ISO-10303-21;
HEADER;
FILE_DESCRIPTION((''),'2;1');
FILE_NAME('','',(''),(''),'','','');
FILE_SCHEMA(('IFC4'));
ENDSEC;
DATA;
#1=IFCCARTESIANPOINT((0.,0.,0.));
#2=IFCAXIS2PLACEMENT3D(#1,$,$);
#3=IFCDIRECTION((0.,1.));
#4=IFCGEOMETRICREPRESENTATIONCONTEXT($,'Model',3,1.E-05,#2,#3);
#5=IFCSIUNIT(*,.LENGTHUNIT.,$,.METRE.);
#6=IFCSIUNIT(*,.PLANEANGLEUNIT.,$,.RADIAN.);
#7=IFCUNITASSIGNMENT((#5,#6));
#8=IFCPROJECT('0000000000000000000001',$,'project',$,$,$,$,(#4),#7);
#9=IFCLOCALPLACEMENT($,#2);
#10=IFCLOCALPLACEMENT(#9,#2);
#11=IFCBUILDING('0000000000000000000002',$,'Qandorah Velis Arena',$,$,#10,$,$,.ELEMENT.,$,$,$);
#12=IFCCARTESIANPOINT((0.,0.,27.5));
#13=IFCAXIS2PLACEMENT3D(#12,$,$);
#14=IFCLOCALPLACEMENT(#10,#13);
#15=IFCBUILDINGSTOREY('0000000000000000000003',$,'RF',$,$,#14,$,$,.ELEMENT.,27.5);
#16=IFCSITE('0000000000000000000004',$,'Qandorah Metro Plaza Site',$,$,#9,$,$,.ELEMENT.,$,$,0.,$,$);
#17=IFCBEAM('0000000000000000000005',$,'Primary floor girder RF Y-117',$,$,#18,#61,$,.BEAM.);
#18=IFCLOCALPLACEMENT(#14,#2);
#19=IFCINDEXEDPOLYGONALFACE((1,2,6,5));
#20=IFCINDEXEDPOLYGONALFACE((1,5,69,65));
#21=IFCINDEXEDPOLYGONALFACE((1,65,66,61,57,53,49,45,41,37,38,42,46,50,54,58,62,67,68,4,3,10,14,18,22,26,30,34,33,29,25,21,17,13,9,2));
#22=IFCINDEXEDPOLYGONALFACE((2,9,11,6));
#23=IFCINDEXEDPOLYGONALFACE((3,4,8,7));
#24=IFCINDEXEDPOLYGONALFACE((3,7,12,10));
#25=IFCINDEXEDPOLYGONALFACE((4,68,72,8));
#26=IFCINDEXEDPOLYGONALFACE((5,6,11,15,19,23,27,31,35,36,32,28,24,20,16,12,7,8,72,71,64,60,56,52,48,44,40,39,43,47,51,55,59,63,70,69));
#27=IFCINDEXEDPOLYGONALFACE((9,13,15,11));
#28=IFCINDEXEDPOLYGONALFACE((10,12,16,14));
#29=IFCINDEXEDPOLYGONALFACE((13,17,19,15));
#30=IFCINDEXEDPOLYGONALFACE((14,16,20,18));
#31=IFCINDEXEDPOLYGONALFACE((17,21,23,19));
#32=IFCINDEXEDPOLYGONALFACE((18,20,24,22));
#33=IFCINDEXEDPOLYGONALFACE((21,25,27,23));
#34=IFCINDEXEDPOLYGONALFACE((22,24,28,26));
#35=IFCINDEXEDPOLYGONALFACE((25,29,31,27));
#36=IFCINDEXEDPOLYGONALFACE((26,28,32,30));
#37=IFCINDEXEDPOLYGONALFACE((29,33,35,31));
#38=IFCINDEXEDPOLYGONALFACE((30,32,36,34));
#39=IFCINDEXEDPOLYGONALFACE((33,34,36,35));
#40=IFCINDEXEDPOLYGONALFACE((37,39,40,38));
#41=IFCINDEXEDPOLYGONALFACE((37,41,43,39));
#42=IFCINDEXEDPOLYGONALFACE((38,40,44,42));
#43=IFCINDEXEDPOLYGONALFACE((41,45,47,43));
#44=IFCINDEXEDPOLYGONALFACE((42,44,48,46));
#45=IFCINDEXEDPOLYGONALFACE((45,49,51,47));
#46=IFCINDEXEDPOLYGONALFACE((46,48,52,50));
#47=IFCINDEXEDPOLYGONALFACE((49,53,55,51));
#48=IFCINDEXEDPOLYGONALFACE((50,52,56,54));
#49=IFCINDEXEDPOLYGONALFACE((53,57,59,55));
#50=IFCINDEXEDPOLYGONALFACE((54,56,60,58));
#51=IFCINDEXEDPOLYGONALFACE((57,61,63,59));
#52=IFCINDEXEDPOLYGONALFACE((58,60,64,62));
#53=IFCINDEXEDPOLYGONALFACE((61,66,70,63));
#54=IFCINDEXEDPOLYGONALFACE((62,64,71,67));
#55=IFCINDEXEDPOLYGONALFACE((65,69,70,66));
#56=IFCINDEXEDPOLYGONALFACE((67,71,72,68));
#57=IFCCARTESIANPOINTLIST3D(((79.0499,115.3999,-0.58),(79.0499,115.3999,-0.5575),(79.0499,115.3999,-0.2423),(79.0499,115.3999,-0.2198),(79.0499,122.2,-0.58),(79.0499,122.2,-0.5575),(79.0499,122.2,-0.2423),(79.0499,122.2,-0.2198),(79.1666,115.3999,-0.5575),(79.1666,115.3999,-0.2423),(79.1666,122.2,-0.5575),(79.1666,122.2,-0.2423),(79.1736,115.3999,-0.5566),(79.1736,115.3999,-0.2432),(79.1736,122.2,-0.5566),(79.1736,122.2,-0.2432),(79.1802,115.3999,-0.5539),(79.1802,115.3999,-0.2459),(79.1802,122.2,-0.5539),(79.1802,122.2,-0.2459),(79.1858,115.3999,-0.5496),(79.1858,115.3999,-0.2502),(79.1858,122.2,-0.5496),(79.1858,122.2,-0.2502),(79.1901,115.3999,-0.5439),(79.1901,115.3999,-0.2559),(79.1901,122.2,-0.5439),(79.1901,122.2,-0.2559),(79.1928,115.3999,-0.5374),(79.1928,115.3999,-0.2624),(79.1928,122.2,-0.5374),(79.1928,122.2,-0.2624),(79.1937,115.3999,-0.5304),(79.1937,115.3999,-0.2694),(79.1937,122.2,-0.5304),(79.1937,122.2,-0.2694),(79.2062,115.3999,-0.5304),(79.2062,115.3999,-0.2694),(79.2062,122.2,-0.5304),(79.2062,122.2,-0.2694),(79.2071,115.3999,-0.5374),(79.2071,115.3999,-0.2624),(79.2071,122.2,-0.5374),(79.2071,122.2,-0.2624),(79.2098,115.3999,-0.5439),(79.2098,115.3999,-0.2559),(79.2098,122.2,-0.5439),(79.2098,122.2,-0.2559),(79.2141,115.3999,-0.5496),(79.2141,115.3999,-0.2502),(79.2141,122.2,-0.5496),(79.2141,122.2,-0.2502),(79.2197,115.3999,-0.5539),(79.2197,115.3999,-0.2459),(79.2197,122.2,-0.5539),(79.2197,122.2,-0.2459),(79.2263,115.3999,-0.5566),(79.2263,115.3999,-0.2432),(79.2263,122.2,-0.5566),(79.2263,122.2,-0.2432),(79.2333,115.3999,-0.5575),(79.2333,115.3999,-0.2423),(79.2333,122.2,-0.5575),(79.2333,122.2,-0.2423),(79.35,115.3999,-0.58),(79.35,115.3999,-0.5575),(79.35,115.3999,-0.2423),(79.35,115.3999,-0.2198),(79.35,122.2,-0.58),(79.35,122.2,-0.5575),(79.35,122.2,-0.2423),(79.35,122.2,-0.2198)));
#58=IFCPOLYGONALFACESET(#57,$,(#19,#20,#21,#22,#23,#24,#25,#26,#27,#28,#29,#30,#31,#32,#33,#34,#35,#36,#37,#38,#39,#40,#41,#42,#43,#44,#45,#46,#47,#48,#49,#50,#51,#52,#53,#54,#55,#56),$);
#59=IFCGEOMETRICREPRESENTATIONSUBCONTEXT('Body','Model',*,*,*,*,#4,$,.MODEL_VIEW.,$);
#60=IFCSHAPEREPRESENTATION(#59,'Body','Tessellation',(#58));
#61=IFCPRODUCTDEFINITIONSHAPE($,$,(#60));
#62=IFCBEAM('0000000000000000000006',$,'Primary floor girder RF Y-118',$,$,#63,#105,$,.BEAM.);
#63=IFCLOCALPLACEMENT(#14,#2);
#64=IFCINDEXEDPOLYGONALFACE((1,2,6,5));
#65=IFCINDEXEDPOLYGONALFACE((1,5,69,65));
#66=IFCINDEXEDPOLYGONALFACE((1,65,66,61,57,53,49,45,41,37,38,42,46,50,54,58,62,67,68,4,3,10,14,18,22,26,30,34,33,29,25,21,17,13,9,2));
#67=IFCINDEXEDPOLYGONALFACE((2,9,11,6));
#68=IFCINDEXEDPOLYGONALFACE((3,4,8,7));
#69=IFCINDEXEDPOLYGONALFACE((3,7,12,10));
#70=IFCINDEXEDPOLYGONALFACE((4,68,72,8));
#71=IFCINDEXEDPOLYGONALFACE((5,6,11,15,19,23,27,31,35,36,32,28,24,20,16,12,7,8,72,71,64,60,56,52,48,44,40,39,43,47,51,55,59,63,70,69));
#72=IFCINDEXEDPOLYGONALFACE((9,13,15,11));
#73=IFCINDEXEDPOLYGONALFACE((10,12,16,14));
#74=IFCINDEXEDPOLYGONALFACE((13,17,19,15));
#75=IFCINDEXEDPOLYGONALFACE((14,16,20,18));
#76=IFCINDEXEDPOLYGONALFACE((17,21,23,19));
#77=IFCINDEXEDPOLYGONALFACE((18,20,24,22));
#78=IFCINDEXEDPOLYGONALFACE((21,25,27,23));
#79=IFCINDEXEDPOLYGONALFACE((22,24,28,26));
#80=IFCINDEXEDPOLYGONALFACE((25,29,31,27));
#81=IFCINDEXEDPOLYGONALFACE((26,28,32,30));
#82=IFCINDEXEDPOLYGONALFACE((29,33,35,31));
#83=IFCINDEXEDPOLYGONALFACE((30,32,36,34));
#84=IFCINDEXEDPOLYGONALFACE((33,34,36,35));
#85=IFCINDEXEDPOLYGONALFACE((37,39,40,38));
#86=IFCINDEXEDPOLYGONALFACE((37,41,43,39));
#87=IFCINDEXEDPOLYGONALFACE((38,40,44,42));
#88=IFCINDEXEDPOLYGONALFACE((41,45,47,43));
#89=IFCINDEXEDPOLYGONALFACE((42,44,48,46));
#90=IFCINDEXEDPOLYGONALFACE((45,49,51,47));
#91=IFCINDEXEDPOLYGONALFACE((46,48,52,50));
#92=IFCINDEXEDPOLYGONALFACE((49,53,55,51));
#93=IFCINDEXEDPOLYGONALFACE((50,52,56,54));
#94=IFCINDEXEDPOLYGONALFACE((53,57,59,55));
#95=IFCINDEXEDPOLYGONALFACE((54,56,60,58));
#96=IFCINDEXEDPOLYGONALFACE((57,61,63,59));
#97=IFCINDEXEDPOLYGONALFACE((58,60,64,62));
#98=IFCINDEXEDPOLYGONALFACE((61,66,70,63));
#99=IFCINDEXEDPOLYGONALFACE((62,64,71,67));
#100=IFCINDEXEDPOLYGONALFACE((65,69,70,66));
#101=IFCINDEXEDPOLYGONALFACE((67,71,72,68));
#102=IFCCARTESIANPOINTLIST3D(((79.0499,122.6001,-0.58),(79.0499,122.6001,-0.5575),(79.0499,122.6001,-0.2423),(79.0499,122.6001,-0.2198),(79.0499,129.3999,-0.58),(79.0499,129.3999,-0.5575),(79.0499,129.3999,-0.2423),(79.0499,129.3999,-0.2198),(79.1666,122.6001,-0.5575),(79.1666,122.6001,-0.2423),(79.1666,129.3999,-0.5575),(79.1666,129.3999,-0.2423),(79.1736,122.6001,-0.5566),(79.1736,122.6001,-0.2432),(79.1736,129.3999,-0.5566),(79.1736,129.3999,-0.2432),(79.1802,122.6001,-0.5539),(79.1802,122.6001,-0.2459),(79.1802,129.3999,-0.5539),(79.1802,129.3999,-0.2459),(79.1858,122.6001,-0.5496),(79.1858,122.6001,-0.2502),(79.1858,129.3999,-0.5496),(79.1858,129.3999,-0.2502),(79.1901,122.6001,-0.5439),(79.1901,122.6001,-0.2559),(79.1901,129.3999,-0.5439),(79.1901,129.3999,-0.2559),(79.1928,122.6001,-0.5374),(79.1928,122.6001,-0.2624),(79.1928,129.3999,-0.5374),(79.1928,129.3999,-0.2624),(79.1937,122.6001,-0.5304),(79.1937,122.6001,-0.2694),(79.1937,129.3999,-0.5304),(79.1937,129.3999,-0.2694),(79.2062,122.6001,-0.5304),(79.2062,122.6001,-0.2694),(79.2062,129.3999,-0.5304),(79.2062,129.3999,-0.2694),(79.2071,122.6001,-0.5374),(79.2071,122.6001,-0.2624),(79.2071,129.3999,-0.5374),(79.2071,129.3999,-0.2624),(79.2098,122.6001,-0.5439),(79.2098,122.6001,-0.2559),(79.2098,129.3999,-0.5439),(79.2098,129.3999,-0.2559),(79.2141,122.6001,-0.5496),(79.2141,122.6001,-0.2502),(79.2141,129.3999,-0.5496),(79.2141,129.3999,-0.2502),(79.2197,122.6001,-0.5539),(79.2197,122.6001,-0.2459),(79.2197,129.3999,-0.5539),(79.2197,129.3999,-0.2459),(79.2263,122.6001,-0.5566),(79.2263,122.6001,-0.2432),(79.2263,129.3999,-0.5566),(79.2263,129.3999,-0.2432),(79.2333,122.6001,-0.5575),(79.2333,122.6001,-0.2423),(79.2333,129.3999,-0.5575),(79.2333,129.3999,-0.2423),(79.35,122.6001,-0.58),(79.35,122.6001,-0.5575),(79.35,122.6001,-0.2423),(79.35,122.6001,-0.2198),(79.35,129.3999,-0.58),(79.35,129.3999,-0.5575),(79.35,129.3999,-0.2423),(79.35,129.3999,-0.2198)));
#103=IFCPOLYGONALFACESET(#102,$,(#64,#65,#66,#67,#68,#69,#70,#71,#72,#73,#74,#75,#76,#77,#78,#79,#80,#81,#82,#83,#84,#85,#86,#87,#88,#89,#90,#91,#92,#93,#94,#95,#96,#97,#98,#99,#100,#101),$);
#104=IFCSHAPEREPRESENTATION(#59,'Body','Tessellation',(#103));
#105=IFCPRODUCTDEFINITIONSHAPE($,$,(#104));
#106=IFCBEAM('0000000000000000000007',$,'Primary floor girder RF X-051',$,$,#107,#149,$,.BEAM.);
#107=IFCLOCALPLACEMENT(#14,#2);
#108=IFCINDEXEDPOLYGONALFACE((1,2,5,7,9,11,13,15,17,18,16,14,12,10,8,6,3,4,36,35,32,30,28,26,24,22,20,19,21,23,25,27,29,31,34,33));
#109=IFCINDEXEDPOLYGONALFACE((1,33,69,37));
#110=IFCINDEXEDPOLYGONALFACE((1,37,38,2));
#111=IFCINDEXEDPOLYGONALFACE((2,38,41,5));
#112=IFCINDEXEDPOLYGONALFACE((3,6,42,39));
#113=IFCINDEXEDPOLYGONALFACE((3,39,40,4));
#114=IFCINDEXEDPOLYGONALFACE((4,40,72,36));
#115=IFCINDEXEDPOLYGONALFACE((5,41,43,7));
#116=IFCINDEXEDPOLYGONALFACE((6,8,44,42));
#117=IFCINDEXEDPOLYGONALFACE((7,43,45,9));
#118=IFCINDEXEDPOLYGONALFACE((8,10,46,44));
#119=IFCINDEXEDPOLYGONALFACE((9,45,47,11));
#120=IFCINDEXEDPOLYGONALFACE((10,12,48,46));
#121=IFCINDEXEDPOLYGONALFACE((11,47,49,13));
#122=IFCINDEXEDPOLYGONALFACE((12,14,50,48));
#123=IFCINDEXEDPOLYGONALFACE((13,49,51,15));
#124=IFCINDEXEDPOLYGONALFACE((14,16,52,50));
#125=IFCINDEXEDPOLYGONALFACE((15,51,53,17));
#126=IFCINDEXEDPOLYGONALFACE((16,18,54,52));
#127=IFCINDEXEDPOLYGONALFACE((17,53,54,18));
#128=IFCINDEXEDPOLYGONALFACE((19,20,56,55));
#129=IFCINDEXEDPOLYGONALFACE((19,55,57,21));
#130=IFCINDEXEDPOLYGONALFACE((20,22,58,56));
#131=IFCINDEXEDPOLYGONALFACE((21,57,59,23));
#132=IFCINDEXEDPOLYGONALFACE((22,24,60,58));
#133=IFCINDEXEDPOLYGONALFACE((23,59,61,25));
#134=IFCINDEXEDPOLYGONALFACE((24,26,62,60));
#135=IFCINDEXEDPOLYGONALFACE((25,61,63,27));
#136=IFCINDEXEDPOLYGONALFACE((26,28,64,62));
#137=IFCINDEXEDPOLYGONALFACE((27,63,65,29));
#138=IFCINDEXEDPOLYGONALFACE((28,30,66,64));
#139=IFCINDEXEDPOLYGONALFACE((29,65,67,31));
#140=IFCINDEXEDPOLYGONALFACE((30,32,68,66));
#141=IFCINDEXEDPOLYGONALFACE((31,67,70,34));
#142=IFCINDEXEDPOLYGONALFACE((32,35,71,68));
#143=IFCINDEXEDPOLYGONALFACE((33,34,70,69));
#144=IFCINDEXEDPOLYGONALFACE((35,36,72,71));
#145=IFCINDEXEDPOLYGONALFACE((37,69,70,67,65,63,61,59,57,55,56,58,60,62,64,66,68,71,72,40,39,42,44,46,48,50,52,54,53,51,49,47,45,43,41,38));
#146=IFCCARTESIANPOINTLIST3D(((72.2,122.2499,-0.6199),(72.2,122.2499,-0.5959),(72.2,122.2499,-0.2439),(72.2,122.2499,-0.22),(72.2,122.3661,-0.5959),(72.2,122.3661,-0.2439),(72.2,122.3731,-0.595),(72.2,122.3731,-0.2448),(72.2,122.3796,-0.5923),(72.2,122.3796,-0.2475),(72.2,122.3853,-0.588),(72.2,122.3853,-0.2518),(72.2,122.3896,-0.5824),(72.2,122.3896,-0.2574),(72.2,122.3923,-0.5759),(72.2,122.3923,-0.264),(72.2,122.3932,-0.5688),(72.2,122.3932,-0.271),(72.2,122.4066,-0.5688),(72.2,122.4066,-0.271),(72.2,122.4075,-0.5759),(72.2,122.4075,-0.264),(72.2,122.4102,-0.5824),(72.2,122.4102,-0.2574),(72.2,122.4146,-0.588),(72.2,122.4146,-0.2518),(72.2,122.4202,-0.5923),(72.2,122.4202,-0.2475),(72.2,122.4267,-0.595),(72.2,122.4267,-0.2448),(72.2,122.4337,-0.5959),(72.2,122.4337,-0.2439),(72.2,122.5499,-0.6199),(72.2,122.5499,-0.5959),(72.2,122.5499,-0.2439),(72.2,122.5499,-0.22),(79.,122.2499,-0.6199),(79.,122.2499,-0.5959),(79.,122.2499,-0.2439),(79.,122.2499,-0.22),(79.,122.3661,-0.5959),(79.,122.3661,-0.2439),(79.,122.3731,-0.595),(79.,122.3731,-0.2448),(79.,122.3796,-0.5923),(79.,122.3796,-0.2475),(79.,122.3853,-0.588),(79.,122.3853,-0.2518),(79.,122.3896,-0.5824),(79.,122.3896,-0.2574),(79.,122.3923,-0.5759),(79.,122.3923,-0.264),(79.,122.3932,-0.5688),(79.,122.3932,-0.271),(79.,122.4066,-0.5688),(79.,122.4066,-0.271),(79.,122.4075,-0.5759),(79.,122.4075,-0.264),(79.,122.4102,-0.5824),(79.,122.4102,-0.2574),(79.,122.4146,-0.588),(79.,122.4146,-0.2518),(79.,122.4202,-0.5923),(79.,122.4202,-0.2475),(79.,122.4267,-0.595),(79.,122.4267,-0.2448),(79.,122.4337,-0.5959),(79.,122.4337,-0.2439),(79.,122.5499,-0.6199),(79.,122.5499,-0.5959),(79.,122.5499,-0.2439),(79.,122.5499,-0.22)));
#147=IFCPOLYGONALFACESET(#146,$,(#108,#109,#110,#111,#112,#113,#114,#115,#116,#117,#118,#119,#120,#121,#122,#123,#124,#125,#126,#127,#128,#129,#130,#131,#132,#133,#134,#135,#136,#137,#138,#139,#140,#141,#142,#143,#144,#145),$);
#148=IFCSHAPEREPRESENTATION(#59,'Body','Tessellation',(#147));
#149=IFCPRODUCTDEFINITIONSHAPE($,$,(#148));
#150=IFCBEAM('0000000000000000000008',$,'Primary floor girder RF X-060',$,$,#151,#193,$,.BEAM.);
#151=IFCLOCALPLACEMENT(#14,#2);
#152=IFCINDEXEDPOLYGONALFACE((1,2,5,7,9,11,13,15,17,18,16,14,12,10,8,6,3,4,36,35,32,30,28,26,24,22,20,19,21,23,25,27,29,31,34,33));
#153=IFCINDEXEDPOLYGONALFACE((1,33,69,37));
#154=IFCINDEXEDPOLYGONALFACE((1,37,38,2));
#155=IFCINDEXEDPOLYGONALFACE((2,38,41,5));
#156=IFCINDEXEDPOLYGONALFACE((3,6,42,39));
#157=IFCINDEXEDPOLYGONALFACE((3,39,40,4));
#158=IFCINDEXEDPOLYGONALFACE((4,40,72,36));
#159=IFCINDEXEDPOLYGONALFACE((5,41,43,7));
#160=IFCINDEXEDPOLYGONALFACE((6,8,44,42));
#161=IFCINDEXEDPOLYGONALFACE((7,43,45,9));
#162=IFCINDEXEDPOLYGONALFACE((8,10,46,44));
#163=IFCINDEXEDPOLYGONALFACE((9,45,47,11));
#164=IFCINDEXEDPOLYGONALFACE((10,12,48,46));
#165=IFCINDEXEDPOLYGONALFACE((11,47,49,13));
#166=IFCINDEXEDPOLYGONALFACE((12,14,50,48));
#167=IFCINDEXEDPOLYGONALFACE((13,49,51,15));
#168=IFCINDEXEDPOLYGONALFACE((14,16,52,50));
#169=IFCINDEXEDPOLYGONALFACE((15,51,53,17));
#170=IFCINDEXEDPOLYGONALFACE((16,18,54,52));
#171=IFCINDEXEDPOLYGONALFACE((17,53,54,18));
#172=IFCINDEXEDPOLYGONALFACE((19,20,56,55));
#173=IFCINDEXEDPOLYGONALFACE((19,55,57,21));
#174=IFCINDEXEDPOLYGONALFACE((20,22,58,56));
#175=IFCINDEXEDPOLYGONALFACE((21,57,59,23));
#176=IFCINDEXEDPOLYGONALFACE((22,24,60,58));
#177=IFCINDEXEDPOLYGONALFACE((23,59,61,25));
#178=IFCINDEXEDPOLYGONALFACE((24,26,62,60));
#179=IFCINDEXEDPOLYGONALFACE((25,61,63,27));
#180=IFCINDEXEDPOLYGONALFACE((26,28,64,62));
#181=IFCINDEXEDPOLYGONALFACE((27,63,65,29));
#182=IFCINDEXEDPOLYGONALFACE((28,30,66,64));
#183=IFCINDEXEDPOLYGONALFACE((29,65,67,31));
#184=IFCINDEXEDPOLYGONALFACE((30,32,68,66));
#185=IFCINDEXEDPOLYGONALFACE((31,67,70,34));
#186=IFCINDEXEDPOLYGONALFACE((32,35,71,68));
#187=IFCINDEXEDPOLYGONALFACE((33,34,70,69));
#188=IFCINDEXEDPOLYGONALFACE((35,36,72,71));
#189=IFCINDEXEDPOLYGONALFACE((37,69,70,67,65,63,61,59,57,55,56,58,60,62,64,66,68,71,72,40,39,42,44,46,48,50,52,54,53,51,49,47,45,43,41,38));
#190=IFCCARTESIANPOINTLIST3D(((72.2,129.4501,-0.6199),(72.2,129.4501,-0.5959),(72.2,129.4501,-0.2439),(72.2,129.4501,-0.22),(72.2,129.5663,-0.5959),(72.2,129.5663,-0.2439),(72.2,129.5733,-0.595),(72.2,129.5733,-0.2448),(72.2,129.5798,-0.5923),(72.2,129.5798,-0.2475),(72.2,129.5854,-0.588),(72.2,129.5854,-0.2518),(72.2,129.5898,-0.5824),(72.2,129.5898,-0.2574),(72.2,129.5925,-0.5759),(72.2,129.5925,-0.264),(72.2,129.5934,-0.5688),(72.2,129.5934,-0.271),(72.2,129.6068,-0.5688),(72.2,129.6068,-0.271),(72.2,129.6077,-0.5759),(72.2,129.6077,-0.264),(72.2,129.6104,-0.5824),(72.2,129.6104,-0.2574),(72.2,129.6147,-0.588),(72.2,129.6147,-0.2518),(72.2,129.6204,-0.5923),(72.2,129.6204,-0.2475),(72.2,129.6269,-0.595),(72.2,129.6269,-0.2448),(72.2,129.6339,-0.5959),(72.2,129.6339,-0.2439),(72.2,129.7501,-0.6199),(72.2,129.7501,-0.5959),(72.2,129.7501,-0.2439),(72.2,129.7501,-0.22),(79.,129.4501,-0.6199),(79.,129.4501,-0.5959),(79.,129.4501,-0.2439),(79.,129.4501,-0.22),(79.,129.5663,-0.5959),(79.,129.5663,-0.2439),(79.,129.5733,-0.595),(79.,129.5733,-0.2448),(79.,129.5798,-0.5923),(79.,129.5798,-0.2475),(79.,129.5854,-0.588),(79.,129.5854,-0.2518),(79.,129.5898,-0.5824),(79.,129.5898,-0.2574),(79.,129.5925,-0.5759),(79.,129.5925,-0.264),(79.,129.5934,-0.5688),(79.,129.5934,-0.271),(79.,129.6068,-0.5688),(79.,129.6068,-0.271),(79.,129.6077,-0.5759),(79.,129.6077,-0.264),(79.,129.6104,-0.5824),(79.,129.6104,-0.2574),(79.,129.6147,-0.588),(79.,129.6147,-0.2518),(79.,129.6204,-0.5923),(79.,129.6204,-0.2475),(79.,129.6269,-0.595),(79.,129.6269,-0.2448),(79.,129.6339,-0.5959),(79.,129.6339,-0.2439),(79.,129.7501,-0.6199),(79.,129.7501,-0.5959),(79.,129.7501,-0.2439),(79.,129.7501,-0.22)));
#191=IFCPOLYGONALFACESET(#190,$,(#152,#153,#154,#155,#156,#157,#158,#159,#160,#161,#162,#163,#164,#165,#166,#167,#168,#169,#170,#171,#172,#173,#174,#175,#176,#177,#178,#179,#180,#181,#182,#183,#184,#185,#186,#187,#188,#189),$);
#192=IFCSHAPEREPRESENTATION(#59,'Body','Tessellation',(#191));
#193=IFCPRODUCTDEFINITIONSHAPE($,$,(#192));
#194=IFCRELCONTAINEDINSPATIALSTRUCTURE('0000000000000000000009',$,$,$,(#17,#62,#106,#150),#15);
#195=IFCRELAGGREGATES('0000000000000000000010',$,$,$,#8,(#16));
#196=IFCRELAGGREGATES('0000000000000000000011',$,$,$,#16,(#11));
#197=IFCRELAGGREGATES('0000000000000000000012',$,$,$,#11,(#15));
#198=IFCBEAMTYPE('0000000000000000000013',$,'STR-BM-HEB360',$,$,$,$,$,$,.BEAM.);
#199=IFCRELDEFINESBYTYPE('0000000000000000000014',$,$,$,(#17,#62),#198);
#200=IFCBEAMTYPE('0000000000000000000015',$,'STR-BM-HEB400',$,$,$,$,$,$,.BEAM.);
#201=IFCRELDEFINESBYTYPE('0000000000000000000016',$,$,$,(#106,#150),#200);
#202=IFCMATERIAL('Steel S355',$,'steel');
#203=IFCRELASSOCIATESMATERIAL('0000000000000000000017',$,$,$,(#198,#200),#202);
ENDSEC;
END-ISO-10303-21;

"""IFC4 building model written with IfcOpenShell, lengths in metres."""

from ifc_helpers import new_model, si_unit, direction, frame, origin, origin_2d, place, context, subcontext, project, spatial, i_section, extrude, material, material_profile, profile_set, type_object, element, save


model = new_model("IFC4")

# Units and contexts
model_context = context("Model", 3, precision=1e-05, world=origin(), true_north=direction((0.0, 1.0)))
body_context = subcontext(model_context, "Body", "Model", "MODEL_VIEW")
ifc_project = project(units=[si_unit("LENGTHUNIT", "METRE"), si_unit("PLANEANGLEUNIT", "RADIAN")], contexts=[model_context])

# Site, building, storey
site_placement = place(None, origin())
site = spatial("IfcSite", under=ifc_project, at=site_placement, Name="Qandorah Metro Plaza Site", CompositionType="ELEMENT", RefElevation=0.0)
building_placement = place(site_placement, origin())
building = spatial("IfcBuilding", under=site, at=building_placement, Name="Qandorah Velis Arena", CompositionType="ELEMENT")
storey_placement = place(building_placement, frame((0.0, 0.0, 27.5)))
storey = spatial("IfcBuildingStorey", under=building, at=storey_placement, Name="RF", CompositionType="ELEMENT", Elevation=27.5)

# Beams
ifc_material_1 = material(Name="Steel S355", Category="steel")
ifc_material_profile_1 = material_profile(ifc_material_1, i_section(OverallWidth=0.3, OverallDepth=0.3601, WebThickness=0.0125, FlangeThickness=0.0225, FilletRadius=0.0271, at=origin_2d()), Name="HEB 360")
ifc_profile_set_1 = profile_set([ifc_material_profile_1], Name="Steel S355")
beam_type_1 = type_object("IfcBeamType", Name="STR-BM-HEB360", PredefinedType="BEAM", material=ifc_profile_set_1)
beam_1_placement = place(storey_placement, frame((79.2, 115.3999, -0.3999), z_axis=(0.0, 1.0, 0.0), x_axis=(-1.0, 0.0, 0.0)))
element("IfcBeam", 1, at=beam_1_placement, inside=storey, type_object=beam_type_1, Name="Primary floor girder RF Y-117", PredefinedType="BEAM", context=body_context, shape_type="SweptSolid", body=[
    extrude(i_section(OverallWidth=0.3, OverallDepth=0.3601, WebThickness=0.0125, FlangeThickness=0.0225, FilletRadius=0.0271, at=origin_2d()), origin(), (0.0, 0.0, 1.0), 6.8),
])
beam_2_placement = place(storey_placement, frame((79.2, 122.6001, -0.3999), z_axis=(0.0, 1.0, 0.0), x_axis=(-1.0, 0.0, 0.0)))
element("IfcBeam", 2, at=beam_2_placement, inside=storey, type_object=beam_type_1, Name="Primary floor girder RF Y-118", PredefinedType="BEAM", context=body_context, shape_type="SweptSolid", body=[
    extrude(i_section(OverallWidth=0.3, OverallDepth=0.3601, WebThickness=0.0125, FlangeThickness=0.0225, FilletRadius=0.0271, at=origin_2d()), origin(), (0.0, 0.0, 1.0), 6.7998),
])
ifc_material_profile_2 = material_profile(ifc_material_1, i_section(OverallWidth=0.3, OverallDepth=0.3999, WebThickness=0.0134, FlangeThickness=0.0239, FilletRadius=0.0271, at=origin_2d()), Name="HEB 400")
ifc_profile_set_2 = profile_set([ifc_material_profile_2], Name="Steel S355")
beam_type_2 = type_object("IfcBeamType", Name="STR-BM-HEB400", PredefinedType="BEAM", material=ifc_profile_set_2)
for number, where, z_axis, x_axis, name in (
    (3, (72.2, 122.3999, -0.4199), (1.0, 0.0, 0.0), (0.0, 1.0, 0.0), "Primary floor girder RF X-051"),
    (4, (72.2, 129.6001, -0.4199), (1.0, 0.0, 0.0), (0.0, 1.0, 0.0), "Primary floor girder RF X-060"),
):
    element("IfcBeam", number, at=place(storey_placement, frame(where, z_axis=z_axis, x_axis=x_axis)), inside=storey, type_object=beam_type_2, Name=name, PredefinedType="BEAM", context=body_context, shape_type="SweptSolid", body=[
        extrude(i_section(OverallWidth=0.3, OverallDepth=0.3999, WebThickness=0.0134, FlangeThickness=0.0239, FilletRadius=0.0271, at=origin_2d()), origin(), (0.0, 0.0, 1.0), 6.8),
    ])

save(model, "model.ifc")
